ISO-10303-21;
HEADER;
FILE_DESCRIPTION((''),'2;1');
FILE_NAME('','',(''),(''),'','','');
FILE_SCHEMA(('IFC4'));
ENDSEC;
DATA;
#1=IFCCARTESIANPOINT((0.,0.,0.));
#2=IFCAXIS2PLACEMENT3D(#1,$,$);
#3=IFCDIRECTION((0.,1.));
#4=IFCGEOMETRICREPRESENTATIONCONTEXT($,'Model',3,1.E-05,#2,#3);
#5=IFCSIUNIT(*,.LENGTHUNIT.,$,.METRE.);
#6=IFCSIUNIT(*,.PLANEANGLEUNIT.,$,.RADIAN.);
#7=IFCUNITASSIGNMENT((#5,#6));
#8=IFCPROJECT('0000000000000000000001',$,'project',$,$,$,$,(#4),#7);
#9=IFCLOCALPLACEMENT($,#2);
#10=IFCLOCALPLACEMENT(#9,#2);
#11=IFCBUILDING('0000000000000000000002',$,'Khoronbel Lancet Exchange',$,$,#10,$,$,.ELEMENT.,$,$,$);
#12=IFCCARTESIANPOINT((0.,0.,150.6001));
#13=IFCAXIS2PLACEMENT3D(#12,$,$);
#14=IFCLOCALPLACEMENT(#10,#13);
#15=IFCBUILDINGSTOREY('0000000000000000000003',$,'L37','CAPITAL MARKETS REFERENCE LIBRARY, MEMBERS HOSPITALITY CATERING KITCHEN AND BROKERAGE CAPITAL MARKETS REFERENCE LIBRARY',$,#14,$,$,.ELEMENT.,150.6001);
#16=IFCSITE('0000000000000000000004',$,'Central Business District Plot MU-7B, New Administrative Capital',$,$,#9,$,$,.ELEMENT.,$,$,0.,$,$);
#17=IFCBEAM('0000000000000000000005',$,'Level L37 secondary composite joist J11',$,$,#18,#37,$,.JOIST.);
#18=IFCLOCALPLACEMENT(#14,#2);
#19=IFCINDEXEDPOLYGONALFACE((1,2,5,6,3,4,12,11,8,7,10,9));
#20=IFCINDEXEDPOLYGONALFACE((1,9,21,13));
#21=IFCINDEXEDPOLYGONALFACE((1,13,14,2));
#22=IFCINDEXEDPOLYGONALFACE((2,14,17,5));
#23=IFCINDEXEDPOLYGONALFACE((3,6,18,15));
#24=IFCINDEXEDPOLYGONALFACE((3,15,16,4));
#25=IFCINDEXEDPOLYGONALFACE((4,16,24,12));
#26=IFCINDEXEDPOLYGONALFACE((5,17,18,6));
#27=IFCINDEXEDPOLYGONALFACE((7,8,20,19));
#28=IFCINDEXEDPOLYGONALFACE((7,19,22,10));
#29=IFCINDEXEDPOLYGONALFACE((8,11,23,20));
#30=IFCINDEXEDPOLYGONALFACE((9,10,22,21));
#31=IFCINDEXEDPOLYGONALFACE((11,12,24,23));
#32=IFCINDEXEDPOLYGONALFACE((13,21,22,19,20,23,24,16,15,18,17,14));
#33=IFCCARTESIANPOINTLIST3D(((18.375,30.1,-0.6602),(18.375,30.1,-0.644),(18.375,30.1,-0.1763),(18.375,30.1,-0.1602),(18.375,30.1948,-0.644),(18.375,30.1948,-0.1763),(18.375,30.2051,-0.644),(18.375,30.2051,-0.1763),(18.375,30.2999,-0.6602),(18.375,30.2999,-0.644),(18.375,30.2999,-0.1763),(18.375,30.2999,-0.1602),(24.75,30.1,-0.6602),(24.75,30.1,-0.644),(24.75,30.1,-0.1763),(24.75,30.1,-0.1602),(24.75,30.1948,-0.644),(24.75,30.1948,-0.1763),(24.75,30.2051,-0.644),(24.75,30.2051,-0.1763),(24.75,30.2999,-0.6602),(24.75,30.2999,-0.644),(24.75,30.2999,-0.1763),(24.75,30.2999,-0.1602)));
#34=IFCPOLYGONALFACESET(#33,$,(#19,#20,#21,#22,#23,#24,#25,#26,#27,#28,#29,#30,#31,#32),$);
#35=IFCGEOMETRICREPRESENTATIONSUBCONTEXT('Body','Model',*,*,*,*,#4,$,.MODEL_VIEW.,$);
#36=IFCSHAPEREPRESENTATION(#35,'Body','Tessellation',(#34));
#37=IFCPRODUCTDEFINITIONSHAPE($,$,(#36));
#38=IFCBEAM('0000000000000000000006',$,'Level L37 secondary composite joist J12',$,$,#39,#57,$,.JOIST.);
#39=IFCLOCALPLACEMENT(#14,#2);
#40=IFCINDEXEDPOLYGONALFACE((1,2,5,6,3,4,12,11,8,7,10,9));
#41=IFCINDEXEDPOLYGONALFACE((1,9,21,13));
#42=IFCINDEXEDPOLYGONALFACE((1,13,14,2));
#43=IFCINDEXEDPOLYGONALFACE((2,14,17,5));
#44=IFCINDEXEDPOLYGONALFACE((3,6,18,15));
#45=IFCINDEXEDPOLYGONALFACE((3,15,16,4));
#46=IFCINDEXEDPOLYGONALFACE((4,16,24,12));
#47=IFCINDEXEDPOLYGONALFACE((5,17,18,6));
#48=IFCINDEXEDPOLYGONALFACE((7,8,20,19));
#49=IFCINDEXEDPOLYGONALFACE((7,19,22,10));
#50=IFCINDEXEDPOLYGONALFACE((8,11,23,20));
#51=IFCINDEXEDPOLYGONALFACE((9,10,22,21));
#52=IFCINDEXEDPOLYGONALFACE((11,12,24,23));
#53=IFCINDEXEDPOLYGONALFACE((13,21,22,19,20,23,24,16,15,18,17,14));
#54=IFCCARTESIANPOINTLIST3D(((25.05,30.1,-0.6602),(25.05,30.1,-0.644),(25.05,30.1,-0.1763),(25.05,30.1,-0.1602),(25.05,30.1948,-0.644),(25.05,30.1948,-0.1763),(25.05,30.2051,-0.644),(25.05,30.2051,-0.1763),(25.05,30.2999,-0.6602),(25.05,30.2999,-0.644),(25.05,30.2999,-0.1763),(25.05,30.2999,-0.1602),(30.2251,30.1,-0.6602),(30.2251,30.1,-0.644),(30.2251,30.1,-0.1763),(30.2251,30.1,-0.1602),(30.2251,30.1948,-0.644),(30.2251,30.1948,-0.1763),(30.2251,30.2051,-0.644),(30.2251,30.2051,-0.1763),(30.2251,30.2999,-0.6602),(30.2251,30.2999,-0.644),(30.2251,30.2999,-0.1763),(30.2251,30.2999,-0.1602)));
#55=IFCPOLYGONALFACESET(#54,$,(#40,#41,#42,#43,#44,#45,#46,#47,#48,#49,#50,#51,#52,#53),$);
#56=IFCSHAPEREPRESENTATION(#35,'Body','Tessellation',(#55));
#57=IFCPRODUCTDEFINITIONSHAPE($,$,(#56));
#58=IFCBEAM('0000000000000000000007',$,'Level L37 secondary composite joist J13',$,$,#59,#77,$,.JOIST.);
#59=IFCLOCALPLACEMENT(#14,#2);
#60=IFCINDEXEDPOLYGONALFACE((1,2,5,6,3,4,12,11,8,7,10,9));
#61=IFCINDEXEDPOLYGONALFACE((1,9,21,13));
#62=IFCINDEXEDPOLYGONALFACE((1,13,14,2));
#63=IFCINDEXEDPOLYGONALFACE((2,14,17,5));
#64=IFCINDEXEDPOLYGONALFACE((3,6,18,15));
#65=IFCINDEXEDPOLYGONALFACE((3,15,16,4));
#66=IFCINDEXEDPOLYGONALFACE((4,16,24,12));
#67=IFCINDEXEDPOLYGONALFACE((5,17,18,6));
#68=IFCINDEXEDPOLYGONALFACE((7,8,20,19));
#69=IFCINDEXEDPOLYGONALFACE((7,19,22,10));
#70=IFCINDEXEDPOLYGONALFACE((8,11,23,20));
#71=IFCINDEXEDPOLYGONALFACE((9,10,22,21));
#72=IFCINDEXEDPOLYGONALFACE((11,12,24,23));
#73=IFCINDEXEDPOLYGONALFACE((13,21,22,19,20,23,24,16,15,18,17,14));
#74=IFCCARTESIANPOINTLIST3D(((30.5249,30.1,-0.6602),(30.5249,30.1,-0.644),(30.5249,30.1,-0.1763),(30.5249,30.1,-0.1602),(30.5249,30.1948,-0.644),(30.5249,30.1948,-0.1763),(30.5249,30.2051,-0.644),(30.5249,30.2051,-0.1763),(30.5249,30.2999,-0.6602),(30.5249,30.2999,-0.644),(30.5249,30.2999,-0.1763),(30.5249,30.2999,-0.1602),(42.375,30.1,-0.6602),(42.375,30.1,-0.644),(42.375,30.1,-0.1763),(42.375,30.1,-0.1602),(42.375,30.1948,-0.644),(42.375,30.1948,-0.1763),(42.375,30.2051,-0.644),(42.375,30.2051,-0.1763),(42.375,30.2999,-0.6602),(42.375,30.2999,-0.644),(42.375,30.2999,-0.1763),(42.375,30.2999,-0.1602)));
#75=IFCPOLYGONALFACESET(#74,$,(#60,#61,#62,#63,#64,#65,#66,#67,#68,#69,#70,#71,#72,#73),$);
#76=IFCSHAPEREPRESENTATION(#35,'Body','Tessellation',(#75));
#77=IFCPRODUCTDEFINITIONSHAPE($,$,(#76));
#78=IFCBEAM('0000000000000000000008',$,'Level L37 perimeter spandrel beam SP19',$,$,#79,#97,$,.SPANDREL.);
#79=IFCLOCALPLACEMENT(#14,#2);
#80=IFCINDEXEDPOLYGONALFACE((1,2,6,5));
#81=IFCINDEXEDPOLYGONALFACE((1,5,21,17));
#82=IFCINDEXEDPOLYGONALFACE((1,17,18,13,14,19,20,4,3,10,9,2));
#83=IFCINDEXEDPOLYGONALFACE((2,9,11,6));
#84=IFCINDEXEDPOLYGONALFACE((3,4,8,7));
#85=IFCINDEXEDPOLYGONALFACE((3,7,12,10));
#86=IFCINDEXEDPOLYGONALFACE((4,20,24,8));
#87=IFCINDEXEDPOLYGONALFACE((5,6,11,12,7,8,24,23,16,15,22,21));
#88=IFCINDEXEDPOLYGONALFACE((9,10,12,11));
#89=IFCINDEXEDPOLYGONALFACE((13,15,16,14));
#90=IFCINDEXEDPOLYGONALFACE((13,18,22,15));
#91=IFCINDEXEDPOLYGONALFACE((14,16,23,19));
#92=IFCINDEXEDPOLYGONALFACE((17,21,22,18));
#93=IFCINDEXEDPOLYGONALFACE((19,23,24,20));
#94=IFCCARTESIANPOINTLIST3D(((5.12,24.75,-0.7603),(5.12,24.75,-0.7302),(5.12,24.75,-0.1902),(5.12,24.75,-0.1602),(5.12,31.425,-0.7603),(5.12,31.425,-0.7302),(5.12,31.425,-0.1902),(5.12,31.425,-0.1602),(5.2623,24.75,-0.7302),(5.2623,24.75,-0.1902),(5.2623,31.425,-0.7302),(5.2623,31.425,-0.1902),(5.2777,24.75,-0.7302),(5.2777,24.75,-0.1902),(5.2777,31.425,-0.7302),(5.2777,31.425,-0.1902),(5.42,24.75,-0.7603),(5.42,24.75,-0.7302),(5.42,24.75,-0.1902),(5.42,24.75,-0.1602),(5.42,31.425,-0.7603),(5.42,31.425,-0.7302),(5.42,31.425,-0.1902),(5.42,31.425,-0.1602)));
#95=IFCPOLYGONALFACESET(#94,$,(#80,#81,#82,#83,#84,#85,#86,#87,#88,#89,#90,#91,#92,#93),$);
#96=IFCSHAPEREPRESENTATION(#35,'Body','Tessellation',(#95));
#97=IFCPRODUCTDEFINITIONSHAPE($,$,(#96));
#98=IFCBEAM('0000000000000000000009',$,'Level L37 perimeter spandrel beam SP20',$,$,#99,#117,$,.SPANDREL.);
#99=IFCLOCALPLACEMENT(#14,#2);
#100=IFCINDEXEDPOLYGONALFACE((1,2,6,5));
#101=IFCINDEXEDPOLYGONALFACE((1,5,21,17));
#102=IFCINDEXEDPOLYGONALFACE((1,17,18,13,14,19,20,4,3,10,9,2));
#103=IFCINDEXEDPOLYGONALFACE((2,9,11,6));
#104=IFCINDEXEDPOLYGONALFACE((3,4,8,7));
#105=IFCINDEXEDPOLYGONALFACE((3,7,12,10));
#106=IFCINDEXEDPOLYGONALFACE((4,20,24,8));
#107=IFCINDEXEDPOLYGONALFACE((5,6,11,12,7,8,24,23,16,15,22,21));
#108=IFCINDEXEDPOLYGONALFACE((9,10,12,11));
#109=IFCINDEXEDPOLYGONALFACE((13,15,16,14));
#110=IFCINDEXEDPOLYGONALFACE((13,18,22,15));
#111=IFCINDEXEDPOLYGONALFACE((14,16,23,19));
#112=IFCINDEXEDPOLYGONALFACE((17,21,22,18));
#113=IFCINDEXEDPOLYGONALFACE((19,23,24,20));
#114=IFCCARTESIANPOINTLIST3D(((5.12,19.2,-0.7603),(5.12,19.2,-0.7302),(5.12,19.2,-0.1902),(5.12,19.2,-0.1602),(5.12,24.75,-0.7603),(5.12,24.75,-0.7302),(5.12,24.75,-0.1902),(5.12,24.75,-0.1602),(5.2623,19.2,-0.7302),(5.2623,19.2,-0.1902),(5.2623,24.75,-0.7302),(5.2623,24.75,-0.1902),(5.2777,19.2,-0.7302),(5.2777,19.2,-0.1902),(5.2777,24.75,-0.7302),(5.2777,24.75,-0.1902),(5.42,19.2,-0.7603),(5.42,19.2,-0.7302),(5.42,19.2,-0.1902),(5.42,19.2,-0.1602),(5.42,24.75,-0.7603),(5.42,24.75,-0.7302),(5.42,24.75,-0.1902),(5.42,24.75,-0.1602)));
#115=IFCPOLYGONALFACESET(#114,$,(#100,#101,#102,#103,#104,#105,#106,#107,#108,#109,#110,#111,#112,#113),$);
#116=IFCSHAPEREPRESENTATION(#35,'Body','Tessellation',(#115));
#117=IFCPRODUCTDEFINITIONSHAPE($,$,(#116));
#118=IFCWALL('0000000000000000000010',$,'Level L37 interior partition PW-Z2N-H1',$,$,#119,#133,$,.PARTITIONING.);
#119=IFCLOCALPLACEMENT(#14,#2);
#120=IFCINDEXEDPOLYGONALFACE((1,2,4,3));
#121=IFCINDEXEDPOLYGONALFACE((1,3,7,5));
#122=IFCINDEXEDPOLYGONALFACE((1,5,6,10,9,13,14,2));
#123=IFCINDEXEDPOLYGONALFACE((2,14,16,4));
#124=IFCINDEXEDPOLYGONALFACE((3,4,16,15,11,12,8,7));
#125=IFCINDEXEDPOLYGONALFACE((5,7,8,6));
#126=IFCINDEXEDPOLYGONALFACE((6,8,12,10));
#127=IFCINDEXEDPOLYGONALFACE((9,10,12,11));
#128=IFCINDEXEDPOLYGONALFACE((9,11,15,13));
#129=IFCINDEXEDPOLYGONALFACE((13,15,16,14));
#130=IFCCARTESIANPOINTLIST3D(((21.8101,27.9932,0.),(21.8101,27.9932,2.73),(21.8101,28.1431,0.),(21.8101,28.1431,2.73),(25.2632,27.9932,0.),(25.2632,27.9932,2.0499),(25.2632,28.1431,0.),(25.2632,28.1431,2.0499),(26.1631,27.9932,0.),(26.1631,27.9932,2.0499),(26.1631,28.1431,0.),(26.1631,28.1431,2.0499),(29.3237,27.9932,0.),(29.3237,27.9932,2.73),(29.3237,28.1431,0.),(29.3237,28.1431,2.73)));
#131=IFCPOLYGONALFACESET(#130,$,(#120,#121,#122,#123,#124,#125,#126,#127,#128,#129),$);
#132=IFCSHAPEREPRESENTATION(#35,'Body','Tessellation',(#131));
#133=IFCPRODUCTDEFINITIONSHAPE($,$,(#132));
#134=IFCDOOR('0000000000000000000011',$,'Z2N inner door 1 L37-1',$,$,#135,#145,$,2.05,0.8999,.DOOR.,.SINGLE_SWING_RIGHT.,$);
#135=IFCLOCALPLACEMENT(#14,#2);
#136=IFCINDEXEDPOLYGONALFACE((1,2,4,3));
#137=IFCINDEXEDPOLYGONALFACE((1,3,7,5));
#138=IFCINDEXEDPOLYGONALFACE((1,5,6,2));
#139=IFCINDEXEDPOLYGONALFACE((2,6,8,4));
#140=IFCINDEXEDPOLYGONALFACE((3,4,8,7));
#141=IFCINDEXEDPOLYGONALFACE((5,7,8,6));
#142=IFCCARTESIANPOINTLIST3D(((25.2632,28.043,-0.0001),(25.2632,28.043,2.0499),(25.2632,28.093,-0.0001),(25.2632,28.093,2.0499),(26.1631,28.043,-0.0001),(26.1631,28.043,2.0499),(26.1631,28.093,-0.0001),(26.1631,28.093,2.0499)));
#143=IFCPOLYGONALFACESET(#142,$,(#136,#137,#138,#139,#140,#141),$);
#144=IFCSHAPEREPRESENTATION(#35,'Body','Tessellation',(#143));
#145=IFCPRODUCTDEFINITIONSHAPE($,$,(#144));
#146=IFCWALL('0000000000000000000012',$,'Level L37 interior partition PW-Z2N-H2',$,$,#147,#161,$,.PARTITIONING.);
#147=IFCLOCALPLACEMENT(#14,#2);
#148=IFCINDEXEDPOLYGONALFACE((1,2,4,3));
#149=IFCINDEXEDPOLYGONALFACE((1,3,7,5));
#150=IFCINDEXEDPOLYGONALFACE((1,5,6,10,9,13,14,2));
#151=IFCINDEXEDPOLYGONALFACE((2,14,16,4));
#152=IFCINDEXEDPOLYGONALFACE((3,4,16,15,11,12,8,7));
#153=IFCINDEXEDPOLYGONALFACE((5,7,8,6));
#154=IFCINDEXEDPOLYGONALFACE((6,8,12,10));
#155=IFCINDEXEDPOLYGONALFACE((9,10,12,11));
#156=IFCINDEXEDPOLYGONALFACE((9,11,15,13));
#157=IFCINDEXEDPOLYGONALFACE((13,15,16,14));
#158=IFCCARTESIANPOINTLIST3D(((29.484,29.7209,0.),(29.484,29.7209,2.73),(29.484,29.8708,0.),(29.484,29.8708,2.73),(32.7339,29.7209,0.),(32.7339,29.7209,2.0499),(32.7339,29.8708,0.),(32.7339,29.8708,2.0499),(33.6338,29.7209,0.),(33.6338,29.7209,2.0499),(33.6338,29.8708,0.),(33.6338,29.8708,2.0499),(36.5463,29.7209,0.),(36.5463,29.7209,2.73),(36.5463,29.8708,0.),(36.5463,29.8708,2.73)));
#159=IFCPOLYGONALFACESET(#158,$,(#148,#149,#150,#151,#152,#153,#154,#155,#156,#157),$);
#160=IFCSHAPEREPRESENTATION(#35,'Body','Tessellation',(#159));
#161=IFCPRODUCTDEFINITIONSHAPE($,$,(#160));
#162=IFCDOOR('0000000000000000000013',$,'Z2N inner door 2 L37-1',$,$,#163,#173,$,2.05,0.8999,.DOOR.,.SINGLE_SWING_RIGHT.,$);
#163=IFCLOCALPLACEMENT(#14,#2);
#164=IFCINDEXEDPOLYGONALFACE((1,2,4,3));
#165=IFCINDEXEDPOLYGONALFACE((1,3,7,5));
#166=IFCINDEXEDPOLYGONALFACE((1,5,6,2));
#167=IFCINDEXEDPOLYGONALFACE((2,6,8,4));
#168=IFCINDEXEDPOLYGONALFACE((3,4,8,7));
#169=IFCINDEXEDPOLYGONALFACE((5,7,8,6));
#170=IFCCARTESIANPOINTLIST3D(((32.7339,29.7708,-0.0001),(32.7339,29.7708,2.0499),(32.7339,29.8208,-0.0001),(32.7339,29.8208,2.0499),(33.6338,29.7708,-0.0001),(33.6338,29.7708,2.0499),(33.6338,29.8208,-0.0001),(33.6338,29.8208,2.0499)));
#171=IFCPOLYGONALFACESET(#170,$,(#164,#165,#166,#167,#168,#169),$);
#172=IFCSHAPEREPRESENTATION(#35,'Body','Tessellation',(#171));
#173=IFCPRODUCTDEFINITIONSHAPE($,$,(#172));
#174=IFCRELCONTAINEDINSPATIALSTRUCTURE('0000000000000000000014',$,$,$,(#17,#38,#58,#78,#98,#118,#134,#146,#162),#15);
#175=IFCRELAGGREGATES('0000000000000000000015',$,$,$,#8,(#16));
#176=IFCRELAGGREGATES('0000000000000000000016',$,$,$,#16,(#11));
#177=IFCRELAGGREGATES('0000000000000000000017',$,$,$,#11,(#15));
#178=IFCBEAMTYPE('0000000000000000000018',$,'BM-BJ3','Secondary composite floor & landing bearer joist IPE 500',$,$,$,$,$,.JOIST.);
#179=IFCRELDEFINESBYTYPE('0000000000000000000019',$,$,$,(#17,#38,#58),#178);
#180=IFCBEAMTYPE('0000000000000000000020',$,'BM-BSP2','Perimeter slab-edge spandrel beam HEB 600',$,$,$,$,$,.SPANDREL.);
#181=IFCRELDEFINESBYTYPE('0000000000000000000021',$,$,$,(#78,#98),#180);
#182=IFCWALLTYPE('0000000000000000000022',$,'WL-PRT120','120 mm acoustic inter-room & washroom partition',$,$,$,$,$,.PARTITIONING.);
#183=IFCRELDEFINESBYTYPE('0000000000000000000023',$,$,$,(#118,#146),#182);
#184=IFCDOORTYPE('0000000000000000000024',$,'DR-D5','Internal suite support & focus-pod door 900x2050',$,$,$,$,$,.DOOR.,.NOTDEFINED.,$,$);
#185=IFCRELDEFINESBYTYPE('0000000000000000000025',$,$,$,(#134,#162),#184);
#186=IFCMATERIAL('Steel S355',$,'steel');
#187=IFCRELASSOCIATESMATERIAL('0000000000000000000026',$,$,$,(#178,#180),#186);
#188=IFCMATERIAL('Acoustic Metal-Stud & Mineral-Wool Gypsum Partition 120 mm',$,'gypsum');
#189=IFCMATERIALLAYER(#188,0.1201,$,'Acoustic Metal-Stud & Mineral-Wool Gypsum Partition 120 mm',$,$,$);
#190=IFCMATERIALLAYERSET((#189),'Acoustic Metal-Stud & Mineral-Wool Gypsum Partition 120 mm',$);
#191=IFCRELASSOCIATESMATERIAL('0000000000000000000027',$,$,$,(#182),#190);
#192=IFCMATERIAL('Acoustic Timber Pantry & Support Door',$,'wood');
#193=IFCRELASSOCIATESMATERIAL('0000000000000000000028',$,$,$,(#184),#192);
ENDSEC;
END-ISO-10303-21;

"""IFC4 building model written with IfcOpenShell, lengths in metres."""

from ifc_helpers import new_model, si_unit, direction, frame, frame_2d, origin, origin_2d, place, context, subcontext, project, spatial, rectangle, i_section, extrude, material, layer, layer_set, material_profile, profile_set, type_object, element, fill, save


model = new_model("IFC4")

# Units and contexts
model_context = context("Model", 3, precision=1e-05, world=origin(), true_north=direction((0.0, 1.0)))
body_context = subcontext(model_context, "Body", "Model", "MODEL_VIEW")
ifc_project = project(units=[si_unit("LENGTHUNIT", "METRE"), si_unit("PLANEANGLEUNIT", "RADIAN")], contexts=[model_context])

# Site, building, storey
site_placement = place(None, origin())
site = spatial("IfcSite", under=ifc_project, at=site_placement, Name="Central Business District Plot MU-7B, New Administrative Capital", CompositionType="ELEMENT", RefElevation=0.0)
building_placement = place(site_placement, origin())
building = spatial("IfcBuilding", under=site, at=building_placement, Name="Khoronbel Lancet Exchange", CompositionType="ELEMENT")
storey_placement = place(building_placement, frame((0.0, 0.0, 150.6001)))
storey = spatial("IfcBuildingStorey", under=building, at=storey_placement, Name="L37", Description="CAPITAL MARKETS REFERENCE LIBRARY, MEMBERS HOSPITALITY CATERING KITCHEN AND BROKERAGE CAPITAL MARKETS REFERENCE LIBRARY", CompositionType="ELEMENT", Elevation=150.6001)

# Shared definitions
ifc_material_1 = material(Name="Steel S355", Category="steel")

# Beams
ifc_material_profile_1 = material_profile(ifc_material_1, i_section(OverallWidth=0.2, OverallDepth=0.5, WebThickness=0.0103, FlangeThickness=0.0161, at=origin_2d()), Name="IPE 500")
ifc_profile_set_1 = profile_set([ifc_material_profile_1], Name="Steel S355")
beam_type_1 = type_object("IfcBeamType", Name="BM-BJ3", Description="Secondary composite floor & landing bearer joist IPE 500", PredefinedType="JOIST", material=ifc_profile_set_1)
beam_1_placement = place(storey_placement, frame((18.375, 30.2, -0.4102), z_axis=(1.0, 0.0, 0.0), x_axis=(0.0, 1.0, 0.0)))
element("IfcBeam", 1, at=beam_1_placement, inside=storey, type_object=beam_type_1, Name="Level L37 secondary composite joist J11", PredefinedType="JOIST", context=body_context, shape_type="SweptSolid", body=[
    extrude(i_section(OverallWidth=0.2, OverallDepth=0.5, WebThickness=0.0103, FlangeThickness=0.0161, at=origin_2d()), origin(), (0.0, 0.0, 1.0), 6.375),
])
beam_2_placement = place(storey_placement, frame((25.05, 30.2, -0.4102), z_axis=(1.0, 0.0, 0.0), x_axis=(0.0, 1.0, 0.0)))
element("IfcBeam", 2, at=beam_2_placement, inside=storey, type_object=beam_type_1, Name="Level L37 secondary composite joist J12", PredefinedType="JOIST", context=body_context, shape_type="SweptSolid", body=[
    extrude(i_section(OverallWidth=0.2, OverallDepth=0.5, WebThickness=0.0103, FlangeThickness=0.0161, at=origin_2d()), origin(), (0.0, 0.0, 1.0), 5.175),
])
beam_3_placement = place(storey_placement, frame((30.5249, 30.2, -0.4102), z_axis=(1.0, 0.0, 0.0), x_axis=(0.0, 1.0, 0.0)))
element("IfcBeam", 3, at=beam_3_placement, inside=storey, type_object=beam_type_1, Name="Level L37 secondary composite joist J13", PredefinedType="JOIST", context=body_context, shape_type="SweptSolid", body=[
    extrude(i_section(OverallWidth=0.2, OverallDepth=0.5, WebThickness=0.0103, FlangeThickness=0.0161, at=origin_2d()), origin(), (0.0, 0.0, 1.0), 11.8501),
])
ifc_material_profile_2 = material_profile(ifc_material_1, i_section(OverallWidth=0.3, OverallDepth=0.6001, WebThickness=0.0154, FlangeThickness=0.03, at=origin_2d()), Name="HEB 600")
ifc_profile_set_2 = profile_set([ifc_material_profile_2], Name="Steel S355")
beam_type_2 = type_object("IfcBeamType", Name="BM-BSP2", Description="Perimeter slab-edge spandrel beam HEB 600", PredefinedType="SPANDREL", material=ifc_profile_set_2)
beam_4_placement = place(storey_placement, frame((5.27, 31.425, -0.4602), z_axis=(0.0, -1.0, 0.0), x_axis=(1.0, 0.0, 0.0)))
element("IfcBeam", 4, at=beam_4_placement, inside=storey, type_object=beam_type_2, Name="Level L37 perimeter spandrel beam SP19", PredefinedType="SPANDREL", context=body_context, shape_type="SweptSolid", body=[
    extrude(i_section(OverallWidth=0.3, OverallDepth=0.6001, WebThickness=0.0154, FlangeThickness=0.03, at=origin_2d()), origin(), (0.0, 0.0, 1.0), 6.675),
])
beam_5_placement = place(storey_placement, frame((5.27, 24.75, -0.4602), z_axis=(0.0, -1.0, 0.0), x_axis=(1.0, 0.0, 0.0)))
element("IfcBeam", 5, at=beam_5_placement, inside=storey, type_object=beam_type_2, Name="Level L37 perimeter spandrel beam SP20", PredefinedType="SPANDREL", context=body_context, shape_type="SweptSolid", body=[
    extrude(i_section(OverallWidth=0.3, OverallDepth=0.6001, WebThickness=0.0154, FlangeThickness=0.03, at=origin_2d()), origin(), (0.0, 0.0, 1.0), 5.55),
])

# Walls, openings, doors
ifc_material_2 = material(Name="Acoustic Metal-Stud & Mineral-Wool Gypsum Partition 120 mm", Category="gypsum")
ifc_layer_1 = layer(ifc_material_2, 0.1201, Name="Acoustic Metal-Stud & Mineral-Wool Gypsum Partition 120 mm")
ifc_layer_set_1 = layer_set([ifc_layer_1], Name="Acoustic Metal-Stud & Mineral-Wool Gypsum Partition 120 mm")
wall_type_1 = type_object("IfcWallType", Name="WL-PRT120", Description="120 mm acoustic inter-room & washroom partition", PredefinedType="PARTITIONING", material=ifc_layer_set_1)
wall_1_placement = place(storey_placement, frame((21.8101, 28.0681, 0.0), z_axis=(0.0, 0.0, 1.0), x_axis=(1.0, 0.0, 0.0)))
wall_1 = element("IfcWall", 6, at=wall_1_placement, inside=storey, type_object=wall_type_1, Name="Level L37 interior partition PW-Z2N-H1", PredefinedType="PARTITIONING", context=body_context, shape_type="SweptSolid", body=[
    extrude(rectangle(XDim=7.5137, YDim=0.1499, at=frame_2d((3.7568, 0.0))), origin(), (0.0, 0.0, 1.0), 2.73),
])
opening_1_placement = place(wall_1_placement, frame((3.4531, 0.0, 0.0)))
opening_1 = element("IfcOpeningElement", 7, at=opening_1_placement, cuts=wall_1, PredefinedType="OPENING", context=body_context, shape_type="SweptSolid", body=[
    extrude(rectangle(XDim=0.8999, YDim=2.05, at=frame_2d((0.45, 1.0249))), frame((0.0, 0.085, 0.0), z_axis=(0.0, -1.0, 0.0), x_axis=(1.0, 0.0, 0.0)), (0.0, 0.0, 1.0), 0.1699),
])
ifc_material_3 = material(Name="Acoustic Timber Pantry & Support Door", Category="wood")
door_type_1 = type_object("IfcDoorType", Name="DR-D5", Description="Internal suite support & focus-pod door 900x2050", OperationType="NOTDEFINED", PredefinedType="DOOR", material=ifc_material_3)
door_1_placement = place(opening_1_placement, origin())
door_1 = element("IfcDoor", 8, at=door_1_placement, inside=storey, type_object=door_type_1, Name="Z2N inner door 1 L37-1", OperationType="SINGLE_SWING_RIGHT", OverallHeight=2.05, OverallWidth=0.8999, PredefinedType="DOOR", context=body_context, shape_type="SweptSolid", body=[
    extrude(rectangle(XDim=0.8999, YDim=2.05, at=frame_2d((0.45, 1.0249))), frame((0.0, 0.0249, 0.0), z_axis=(0.0, -1.0, 0.0), x_axis=(1.0, 0.0, 0.0)), (0.0, 0.0, 1.0), 0.05),
])
fill(opening_1, door_1)
wall_2_placement = place(storey_placement, frame((29.4839, 29.7959, 0.0), z_axis=(0.0, 0.0, 1.0), x_axis=(1.0, 0.0, 0.0)))
wall_2 = element("IfcWall", 9, at=wall_2_placement, inside=storey, type_object=wall_type_1, Name="Level L37 interior partition PW-Z2N-H2", PredefinedType="PARTITIONING", context=body_context, shape_type="SweptSolid", body=[
    extrude(rectangle(XDim=7.0623, YDim=0.1499, at=frame_2d((3.5312, 0.0))), origin(), (0.0, 0.0, 1.0), 2.73),
])
opening_2_placement = place(wall_2_placement, frame((3.25, 0.0, 0.0)))
opening_2 = element("IfcOpeningElement", 10, at=opening_2_placement, cuts=wall_2, PredefinedType="OPENING", context=body_context, shape_type="SweptSolid", body=[
    extrude(rectangle(XDim=0.8999, YDim=2.05, at=frame_2d((0.45, 1.0249))), frame((0.0, 0.085, 0.0), z_axis=(0.0, -1.0, 0.0), x_axis=(1.0, 0.0, 0.0)), (0.0, 0.0, 1.0), 0.1699),
])
door_2_placement = place(opening_2_placement, origin())
door_2 = element("IfcDoor", 11, at=door_2_placement, inside=storey, type_object=door_type_1, Name="Z2N inner door 2 L37-1", OperationType="SINGLE_SWING_RIGHT", OverallHeight=2.05, OverallWidth=0.8999, PredefinedType="DOOR", context=body_context, shape_type="SweptSolid", body=[
    extrude(rectangle(XDim=0.8999, YDim=2.05, at=frame_2d((0.45, 1.0249))), frame((0.0, 0.0249, 0.0), z_axis=(0.0, -1.0, 0.0), x_axis=(1.0, 0.0, 0.0)), (0.0, 0.0, 1.0), 0.05),
])
fill(opening_2, door_2)

save(model, "model.ifc")
